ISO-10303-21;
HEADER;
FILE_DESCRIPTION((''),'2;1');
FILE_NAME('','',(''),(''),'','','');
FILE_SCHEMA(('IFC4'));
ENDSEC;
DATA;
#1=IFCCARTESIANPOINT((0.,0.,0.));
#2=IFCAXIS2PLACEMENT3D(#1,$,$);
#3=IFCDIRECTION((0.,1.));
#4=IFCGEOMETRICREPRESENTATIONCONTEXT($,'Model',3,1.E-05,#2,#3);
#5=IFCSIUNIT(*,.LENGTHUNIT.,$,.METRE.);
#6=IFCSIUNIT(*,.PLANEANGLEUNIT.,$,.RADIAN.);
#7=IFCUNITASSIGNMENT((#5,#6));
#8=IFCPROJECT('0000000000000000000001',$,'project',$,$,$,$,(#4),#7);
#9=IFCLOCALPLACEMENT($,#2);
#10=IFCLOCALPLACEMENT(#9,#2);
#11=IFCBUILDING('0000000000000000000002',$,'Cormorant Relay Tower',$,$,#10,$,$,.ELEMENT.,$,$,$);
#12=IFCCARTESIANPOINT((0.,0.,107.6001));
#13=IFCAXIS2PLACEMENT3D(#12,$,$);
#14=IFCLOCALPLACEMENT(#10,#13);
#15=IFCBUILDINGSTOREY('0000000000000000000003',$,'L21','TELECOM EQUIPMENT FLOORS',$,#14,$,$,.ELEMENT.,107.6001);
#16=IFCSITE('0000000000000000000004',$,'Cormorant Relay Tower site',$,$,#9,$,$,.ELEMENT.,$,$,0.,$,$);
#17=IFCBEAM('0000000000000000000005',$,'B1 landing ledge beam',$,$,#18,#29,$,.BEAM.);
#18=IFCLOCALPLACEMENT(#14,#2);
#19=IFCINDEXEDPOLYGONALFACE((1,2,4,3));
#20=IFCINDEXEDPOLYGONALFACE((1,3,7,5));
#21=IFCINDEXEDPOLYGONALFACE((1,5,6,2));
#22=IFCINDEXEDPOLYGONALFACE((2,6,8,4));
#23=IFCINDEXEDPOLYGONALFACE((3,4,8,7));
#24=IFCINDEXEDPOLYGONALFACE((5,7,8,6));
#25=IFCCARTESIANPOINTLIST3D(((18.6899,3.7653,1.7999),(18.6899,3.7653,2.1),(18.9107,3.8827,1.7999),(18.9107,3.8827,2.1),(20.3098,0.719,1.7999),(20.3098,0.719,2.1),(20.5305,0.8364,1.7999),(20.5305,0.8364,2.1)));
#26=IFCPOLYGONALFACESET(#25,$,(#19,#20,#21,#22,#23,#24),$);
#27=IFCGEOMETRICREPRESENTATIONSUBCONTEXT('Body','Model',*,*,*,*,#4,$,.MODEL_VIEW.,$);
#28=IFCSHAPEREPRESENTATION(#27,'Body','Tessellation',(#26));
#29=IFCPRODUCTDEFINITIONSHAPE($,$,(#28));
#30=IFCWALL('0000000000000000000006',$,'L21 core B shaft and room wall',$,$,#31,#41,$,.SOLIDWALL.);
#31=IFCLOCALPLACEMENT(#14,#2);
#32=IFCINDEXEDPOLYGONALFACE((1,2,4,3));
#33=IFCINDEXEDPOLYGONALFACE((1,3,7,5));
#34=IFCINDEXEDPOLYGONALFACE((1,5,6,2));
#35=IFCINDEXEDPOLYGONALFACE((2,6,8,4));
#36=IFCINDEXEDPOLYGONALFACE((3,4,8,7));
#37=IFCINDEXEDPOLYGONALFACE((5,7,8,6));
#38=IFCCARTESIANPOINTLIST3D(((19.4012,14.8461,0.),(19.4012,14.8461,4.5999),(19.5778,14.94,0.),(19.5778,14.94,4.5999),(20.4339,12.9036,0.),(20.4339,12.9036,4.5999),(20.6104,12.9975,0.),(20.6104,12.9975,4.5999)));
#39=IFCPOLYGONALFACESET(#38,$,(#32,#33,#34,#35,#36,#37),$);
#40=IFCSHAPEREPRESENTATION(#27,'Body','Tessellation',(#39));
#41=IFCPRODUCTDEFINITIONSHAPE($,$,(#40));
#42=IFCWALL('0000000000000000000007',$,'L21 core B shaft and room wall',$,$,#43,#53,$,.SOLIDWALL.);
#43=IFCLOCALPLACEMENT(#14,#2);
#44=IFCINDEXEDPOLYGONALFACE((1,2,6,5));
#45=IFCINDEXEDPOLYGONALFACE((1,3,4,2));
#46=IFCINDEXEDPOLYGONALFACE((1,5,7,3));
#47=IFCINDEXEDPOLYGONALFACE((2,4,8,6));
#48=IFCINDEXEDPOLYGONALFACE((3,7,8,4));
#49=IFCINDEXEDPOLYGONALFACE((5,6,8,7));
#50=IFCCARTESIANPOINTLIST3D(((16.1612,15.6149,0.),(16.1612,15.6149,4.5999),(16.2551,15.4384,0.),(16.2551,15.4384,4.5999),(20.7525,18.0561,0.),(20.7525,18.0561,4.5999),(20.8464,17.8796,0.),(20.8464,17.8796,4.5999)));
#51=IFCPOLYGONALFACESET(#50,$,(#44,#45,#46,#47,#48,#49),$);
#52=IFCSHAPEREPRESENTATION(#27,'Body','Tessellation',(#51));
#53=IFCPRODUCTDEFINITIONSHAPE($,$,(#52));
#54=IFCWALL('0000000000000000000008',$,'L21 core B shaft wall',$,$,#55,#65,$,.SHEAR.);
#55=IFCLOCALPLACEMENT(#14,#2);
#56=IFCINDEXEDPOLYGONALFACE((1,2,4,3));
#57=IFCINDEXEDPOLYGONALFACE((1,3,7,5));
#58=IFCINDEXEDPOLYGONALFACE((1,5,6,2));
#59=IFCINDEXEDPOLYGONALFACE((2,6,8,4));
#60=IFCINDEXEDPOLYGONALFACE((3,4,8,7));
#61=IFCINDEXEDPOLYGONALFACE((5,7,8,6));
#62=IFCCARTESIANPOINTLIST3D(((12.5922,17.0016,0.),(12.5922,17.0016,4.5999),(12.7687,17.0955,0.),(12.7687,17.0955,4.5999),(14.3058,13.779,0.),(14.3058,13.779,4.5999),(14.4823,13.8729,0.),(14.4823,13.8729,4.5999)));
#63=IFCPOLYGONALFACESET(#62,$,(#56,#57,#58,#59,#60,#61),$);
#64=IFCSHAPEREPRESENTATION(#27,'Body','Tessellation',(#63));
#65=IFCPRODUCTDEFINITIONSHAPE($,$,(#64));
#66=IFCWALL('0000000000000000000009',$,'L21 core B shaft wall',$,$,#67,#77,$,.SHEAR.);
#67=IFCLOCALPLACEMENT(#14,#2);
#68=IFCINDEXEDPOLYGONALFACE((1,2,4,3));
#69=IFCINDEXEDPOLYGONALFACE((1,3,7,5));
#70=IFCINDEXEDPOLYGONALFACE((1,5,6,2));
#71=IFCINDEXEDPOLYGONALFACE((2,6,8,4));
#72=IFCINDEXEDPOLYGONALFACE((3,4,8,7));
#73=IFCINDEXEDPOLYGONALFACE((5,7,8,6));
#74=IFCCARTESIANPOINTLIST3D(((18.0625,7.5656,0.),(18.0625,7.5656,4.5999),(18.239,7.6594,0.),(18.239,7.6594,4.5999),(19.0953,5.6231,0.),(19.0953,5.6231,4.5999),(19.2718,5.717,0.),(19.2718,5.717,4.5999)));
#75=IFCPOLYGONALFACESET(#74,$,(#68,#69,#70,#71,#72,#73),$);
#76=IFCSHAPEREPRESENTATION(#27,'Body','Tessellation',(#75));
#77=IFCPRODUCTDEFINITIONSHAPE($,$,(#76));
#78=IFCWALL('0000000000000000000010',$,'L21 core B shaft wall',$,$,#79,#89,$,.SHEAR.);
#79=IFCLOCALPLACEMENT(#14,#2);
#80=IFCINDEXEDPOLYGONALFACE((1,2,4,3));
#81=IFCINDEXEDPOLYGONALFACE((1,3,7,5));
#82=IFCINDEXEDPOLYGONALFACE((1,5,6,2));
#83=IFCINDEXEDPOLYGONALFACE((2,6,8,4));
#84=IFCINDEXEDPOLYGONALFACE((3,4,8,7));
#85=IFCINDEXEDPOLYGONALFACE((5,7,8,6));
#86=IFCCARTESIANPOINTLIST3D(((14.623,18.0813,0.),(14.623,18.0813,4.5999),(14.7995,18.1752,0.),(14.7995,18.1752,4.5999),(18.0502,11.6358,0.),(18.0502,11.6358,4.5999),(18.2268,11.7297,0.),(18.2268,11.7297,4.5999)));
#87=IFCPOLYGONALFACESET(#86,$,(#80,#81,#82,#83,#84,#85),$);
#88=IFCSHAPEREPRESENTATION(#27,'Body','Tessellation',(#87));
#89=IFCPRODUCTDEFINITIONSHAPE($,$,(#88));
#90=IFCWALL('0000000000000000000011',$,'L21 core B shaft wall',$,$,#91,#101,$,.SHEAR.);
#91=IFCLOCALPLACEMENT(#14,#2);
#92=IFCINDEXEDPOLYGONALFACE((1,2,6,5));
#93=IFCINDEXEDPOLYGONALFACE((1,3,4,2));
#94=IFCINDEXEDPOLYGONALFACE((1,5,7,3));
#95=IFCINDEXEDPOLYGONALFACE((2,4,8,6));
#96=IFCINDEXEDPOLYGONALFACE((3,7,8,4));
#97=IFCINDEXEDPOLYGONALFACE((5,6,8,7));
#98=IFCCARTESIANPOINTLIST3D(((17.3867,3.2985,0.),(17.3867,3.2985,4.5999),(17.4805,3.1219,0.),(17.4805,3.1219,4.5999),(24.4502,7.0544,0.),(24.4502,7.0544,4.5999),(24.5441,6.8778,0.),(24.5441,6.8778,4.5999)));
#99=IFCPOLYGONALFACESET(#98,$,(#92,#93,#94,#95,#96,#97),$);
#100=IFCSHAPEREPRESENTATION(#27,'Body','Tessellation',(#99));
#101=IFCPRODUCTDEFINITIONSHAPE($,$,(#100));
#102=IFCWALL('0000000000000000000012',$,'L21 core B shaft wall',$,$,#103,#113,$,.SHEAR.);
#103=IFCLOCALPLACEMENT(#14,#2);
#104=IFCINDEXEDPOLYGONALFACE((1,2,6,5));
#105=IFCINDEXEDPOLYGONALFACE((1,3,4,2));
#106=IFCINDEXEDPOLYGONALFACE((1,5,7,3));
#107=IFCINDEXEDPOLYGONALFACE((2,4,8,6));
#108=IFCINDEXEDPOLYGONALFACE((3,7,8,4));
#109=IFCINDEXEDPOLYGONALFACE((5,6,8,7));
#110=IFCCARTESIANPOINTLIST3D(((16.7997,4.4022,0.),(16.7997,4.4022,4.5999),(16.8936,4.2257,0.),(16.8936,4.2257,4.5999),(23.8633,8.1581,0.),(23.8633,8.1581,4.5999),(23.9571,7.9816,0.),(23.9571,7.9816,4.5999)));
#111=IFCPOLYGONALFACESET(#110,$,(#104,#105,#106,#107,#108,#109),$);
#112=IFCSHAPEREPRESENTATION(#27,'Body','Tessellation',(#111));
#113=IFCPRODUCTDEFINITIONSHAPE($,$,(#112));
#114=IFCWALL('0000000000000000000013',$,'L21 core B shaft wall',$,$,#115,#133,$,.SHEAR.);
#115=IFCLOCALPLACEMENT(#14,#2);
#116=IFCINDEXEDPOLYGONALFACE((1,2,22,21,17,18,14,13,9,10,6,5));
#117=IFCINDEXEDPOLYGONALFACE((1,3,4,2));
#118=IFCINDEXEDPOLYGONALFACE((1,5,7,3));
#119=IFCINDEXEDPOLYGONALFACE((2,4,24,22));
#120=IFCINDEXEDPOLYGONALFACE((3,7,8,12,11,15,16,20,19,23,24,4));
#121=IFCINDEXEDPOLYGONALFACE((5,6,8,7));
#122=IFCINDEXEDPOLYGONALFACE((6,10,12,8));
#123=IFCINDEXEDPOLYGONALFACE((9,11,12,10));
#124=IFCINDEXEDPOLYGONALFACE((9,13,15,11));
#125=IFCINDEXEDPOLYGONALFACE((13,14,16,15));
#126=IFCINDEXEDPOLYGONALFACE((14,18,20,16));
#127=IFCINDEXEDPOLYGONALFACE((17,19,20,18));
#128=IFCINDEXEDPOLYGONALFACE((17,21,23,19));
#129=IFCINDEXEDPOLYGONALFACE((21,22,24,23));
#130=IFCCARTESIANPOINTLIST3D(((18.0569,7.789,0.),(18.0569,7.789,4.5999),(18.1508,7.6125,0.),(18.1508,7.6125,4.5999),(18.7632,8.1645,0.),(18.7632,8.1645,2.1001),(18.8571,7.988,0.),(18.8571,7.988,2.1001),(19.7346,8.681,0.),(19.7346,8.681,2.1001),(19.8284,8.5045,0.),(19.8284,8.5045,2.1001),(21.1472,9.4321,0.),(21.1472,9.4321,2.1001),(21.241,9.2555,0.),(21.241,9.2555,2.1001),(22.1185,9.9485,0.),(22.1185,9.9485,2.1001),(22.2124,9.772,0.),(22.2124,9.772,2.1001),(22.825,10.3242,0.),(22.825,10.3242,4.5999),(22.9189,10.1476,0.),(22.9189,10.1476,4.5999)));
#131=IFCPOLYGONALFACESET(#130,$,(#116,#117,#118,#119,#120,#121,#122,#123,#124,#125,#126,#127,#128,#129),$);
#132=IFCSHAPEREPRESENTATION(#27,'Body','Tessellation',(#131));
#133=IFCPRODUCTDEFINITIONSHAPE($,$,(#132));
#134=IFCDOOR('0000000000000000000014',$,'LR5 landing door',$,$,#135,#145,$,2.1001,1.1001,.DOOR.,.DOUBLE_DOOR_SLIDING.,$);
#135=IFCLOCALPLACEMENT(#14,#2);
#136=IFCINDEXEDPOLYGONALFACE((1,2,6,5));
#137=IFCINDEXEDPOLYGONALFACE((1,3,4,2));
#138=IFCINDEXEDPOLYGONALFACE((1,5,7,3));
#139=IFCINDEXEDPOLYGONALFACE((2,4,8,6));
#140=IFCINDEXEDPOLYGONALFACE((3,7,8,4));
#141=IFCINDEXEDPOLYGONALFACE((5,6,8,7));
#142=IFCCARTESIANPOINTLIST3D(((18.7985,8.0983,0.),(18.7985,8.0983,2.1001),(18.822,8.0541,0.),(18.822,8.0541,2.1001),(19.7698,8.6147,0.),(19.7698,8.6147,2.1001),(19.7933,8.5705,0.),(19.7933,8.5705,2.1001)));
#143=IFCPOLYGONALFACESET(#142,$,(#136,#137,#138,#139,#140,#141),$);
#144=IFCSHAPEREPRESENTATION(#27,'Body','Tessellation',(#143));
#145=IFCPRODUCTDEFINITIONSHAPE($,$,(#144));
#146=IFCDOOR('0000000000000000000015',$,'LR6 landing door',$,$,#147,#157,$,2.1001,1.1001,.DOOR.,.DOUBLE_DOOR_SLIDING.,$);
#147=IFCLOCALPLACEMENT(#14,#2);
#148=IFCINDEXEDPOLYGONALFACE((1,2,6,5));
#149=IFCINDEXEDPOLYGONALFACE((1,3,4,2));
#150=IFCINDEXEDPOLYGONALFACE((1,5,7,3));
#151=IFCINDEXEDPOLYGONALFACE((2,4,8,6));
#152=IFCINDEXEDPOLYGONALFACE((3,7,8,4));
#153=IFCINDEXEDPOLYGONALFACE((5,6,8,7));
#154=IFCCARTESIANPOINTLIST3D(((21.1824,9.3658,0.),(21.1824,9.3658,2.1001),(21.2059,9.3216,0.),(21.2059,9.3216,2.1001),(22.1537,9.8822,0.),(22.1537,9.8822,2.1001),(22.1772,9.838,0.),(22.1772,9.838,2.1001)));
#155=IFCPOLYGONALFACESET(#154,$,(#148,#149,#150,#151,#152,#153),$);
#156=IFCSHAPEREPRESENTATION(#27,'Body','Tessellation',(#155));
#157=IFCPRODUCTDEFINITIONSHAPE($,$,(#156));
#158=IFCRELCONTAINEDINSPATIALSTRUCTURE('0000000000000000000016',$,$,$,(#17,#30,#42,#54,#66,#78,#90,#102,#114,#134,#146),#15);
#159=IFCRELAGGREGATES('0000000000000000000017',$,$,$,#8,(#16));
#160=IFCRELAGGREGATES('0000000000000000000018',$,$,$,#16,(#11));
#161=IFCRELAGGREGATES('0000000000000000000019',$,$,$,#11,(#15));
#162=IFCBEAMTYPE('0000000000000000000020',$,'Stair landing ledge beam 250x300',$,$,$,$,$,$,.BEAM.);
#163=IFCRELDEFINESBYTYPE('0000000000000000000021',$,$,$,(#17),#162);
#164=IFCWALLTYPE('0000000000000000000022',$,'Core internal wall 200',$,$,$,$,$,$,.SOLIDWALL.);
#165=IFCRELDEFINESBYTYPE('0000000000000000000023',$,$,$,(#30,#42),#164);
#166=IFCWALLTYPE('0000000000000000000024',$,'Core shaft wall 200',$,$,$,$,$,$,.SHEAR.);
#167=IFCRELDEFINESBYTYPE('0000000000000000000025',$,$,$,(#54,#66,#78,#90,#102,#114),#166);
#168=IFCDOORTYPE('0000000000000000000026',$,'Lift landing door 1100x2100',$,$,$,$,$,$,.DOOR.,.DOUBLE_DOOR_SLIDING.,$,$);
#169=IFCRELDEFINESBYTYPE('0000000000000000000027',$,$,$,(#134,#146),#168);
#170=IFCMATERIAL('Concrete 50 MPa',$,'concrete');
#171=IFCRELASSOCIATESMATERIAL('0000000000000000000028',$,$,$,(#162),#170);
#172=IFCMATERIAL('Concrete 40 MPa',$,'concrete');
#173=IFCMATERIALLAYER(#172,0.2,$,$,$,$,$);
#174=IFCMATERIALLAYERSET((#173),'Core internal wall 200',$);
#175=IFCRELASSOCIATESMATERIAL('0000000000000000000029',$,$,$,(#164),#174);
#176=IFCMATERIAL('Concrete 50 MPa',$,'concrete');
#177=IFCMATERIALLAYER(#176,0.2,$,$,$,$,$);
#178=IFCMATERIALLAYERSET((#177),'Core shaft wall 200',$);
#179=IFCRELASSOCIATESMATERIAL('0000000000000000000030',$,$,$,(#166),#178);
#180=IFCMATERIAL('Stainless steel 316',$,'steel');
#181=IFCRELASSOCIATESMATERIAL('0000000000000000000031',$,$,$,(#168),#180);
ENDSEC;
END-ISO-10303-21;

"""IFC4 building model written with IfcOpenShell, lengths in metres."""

from ifc_helpers import new_model, si_unit, direction, frame, frame_2d, origin, origin_2d, place, context, subcontext, project, spatial, rectangle, extrude, material, layer, layer_set, material_profile, profile_set, type_object, element, fill, save


model = new_model("IFC4")

# Units and contexts
model_context = context("Model", 3, precision=1e-05, world=origin(), true_north=direction((0.0, 1.0)))
body_context = subcontext(model_context, "Body", "Model", "MODEL_VIEW")
ifc_project = project(units=[si_unit("LENGTHUNIT", "METRE"), si_unit("PLANEANGLEUNIT", "RADIAN")], contexts=[model_context])

# Site, building, storey
site_placement = place(None, origin())
site = spatial("IfcSite", under=ifc_project, at=site_placement, Name="Cormorant Relay Tower site", CompositionType="ELEMENT", RefElevation=0.0)
building_placement = place(site_placement, origin())
building = spatial("IfcBuilding", under=site, at=building_placement, Name="Cormorant Relay Tower", CompositionType="ELEMENT")
storey_placement = place(building_placement, frame((0.0, 0.0, 107.6001)))
storey = spatial("IfcBuildingStorey", under=building, at=storey_placement, Name="L21", Description="TELECOM EQUIPMENT FLOORS", CompositionType="ELEMENT", Elevation=107.6001)

# Beam
ifc_material_1 = material(Name="Concrete 50 MPa", Category="concrete")
ifc_material_profile = material_profile(ifc_material_1, rectangle(XDim=0.25, YDim=0.3, at=origin_2d()), Name="RC 250x300")
ifc_profile_set = profile_set([ifc_material_profile], Name="Concrete 50 MPa")
beam_type = type_object("IfcBeamType", Name="Stair landing ledge beam 250x300", PredefinedType="BEAM", material=ifc_profile_set)
beam_placement = place(storey_placement, frame((18.8003, 3.824, 1.95), z_axis=(0.46949, -0.882938, 0.0), x_axis=(0.882938, 0.46949, 0.0)))
element("IfcBeam", 1, at=beam_placement, inside=storey, type_object=beam_type, Name="B1 landing ledge beam", PredefinedType="BEAM", context=body_context, shape_type="SweptSolid", body=[
    extrude(rectangle(XDim=0.25, YDim=0.3, at=origin_2d()), origin(), (0.0, 0.0, 1.0), 3.4502),
])

# Walls
ifc_material_2 = material(Name="Concrete 40 MPa", Category="concrete")
ifc_layer_1 = layer(ifc_material_2, 0.2)
ifc_layer_set_1 = layer_set([ifc_layer_1], Name="Core internal wall 200")
wall_type_1 = type_object("IfcWallType", Name="Core internal wall 200", PredefinedType="SOLIDWALL", material=ifc_layer_set_1)
wall_1_placement = place(storey_placement, frame((20.5222, 12.9504, 0.0), z_axis=(0.0, 0.0, 1.0), x_axis=(-0.469401, 0.882985, 0.0)))
element("IfcWall", 2, at=wall_1_placement, inside=storey, type_object=wall_type_1, Name="L21 core B shaft and room wall", PredefinedType="SOLIDWALL", context=body_context, shape_type="SweptSolid", body=[
    extrude(rectangle(XDim=2.2, YDim=0.2, at=frame_2d((1.1001, 0.0))), origin(), (0.0, 0.0, 1.0), 4.5999),
])
wall_2_placement = place(storey_placement, frame((16.208, 15.5266, 0.0), z_axis=(0.0, 0.0, 1.0), x_axis=(0.882954, 0.46946, 0.0)))
element("IfcWall", 3, at=wall_2_placement, inside=storey, type_object=wall_type_1, Name="L21 core B shaft and room wall", PredefinedType="SOLIDWALL", context=body_context, shape_type="SweptSolid", body=[
    extrude(rectangle(XDim=5.2, YDim=0.2, at=frame_2d((2.6001, 0.0))), origin(), (0.0, 0.0, 1.0), 4.5999),
])
ifc_material_3 = material(Name="Concrete 50 MPa", Category="concrete")
ifc_layer_2 = layer(ifc_material_3, 0.2)
ifc_layer_set_2 = layer_set([ifc_layer_2], Name="Core shaft wall 200")
wall_type_2 = type_object("IfcWallType", Name="Core shaft wall 200", PredefinedType="SHEAR", material=ifc_layer_set_2)
wall_3_placement = place(storey_placement, frame((14.394, 13.8259, 0.0), z_axis=(0.0, 0.0, 1.0), x_axis=(-0.469494, 0.882936, 0.0)))
element("IfcWall", 4, at=wall_3_placement, inside=storey, type_object=wall_type_2, Name="L21 core B shaft wall", PredefinedType="SHEAR", context=body_context, shape_type="SweptSolid", body=[
    extrude(rectangle(XDim=3.6499, YDim=0.2, at=frame_2d((1.825, 0.0))), origin(), (0.0, 0.0, 1.0), 4.5999),
])
wall_4_placement = place(storey_placement, frame((19.1836, 5.6699, 0.0), z_axis=(0.0, 0.0, 1.0), x_axis=(-0.469447, 0.88296, 0.0)))
element("IfcWall", 5, at=wall_4_placement, inside=storey, type_object=wall_type_2, Name="L21 core B shaft wall", PredefinedType="SHEAR", context=body_context, shape_type="SweptSolid", body=[
    extrude(rectangle(XDim=2.2, YDim=0.2, at=frame_2d((1.1001, 0.0))), origin(), (0.0, 0.0, 1.0), 4.5999),
])
wall_5_placement = place(storey_placement, frame((18.1384, 11.6829, 0.0), z_axis=(0.0, 0.0, 1.0), x_axis=(-0.46948, 0.882943, 0.0)))
element("IfcWall", 6, at=wall_5_placement, inside=storey, type_object=wall_type_2, Name="L21 core B shaft wall", PredefinedType="SHEAR", context=body_context, shape_type="SweptSolid", body=[
    extrude(rectangle(XDim=7.3, YDim=0.2, at=frame_2d((3.6499, 0.0))), origin(), (0.0, 0.0, 1.0), 4.5999),
])
for number, where, z_axis, x_axis, name in (
    (7, (17.4336, 3.2102, 0.0), (0.0, 0.0, 1.0), (0.88294, 0.469485, 0.0), "L21 core B shaft wall"),
    (8, (16.8467, 4.314, 0.0), (0.0, 0.0, 1.0), (0.88294, 0.469485, 0.0), "L21 core B shaft wall"),
):
    element("IfcWall", number, at=place(storey_placement, frame(where, z_axis=z_axis, x_axis=x_axis)), inside=storey, type_object=wall_type_2, Name=name, PredefinedType="SHEAR", context=body_context, shape_type="SweptSolid", body=[
        extrude(rectangle(XDim=8.0, YDim=0.2, at=frame_2d((4.0, 0.0))), origin(), (0.0, 0.0, 1.0), 4.5999),
    ])

# Wall, openings, doors
wall_6_placement = place(storey_placement, frame((18.1038, 7.7007, 0.0), z_axis=(0.0, 0.0, 1.0), x_axis=(0.882953, 0.469462, 0.0)))
wall_6 = element("IfcWall", 9, at=wall_6_placement, inside=storey, type_object=wall_type_2, Name="L21 core B shaft wall", PredefinedType="SHEAR", context=body_context, shape_type="SweptSolid", body=[
    extrude(rectangle(XDim=5.4001, YDim=0.2, at=frame_2d((2.7002, 0.0))), origin(), (0.0, 0.0, 1.0), 4.5999),
])
opening_1_placement = place(wall_6_placement, frame((0.8, 0.0, 0.0)))
opening_1 = element("IfcOpeningElement", 10, at=opening_1_placement, cuts=wall_6, PredefinedType="OPENING", context=body_context, shape_type="SweptSolid", body=[
    extrude(rectangle(XDim=1.1001, YDim=2.1001, at=frame_2d((0.55, 1.05))), frame((0.0, 0.1099, 0.0), z_axis=(0.0, -1.0, 0.0), x_axis=(1.0, 0.0, 0.0)), (0.0, 0.0, 1.0), 0.22),
])
opening_2_placement = place(wall_6_placement, frame((3.5, 0.0, 0.0)))
opening_2 = element("IfcOpeningElement", 11, at=opening_2_placement, cuts=wall_6, PredefinedType="OPENING", context=body_context, shape_type="SweptSolid", body=[
    extrude(rectangle(XDim=1.1001, YDim=2.1001, at=frame_2d((0.55, 1.05))), frame((0.0, 0.1099, 0.0), z_axis=(0.0, -1.0, 0.0), x_axis=(1.0, 0.0, 0.0)), (0.0, 0.0, 1.0), 0.22),
])
ifc_material_4 = material(Name="Stainless steel 316", Category="steel")
door_type_1 = type_object("IfcDoorType", Name="Lift landing door 1100x2100", OperationType="DOUBLE_DOOR_SLIDING", PredefinedType="DOOR", material=ifc_material_4)
door_1_placement = place(opening_1_placement, origin())
door_1 = element("IfcDoor", 12, at=door_1_placement, inside=storey, type_object=door_type_1, Name="LR5 landing door", OperationType="DOUBLE_DOOR_SLIDING", OverallHeight=2.1001, OverallWidth=1.1001, PredefinedType="DOOR", context=body_context, shape_type="SweptSolid", body=[
    extrude(rectangle(XDim=1.1001, YDim=2.1001, at=frame_2d((0.55, 1.05))), frame((0.0, 0.0249, 0.0), z_axis=(0.0, -1.0, 0.0), x_axis=(1.0, 0.0, 0.0)), (0.0, 0.0, 1.0), 0.05),
])
fill(opening_1, door_1)
door_2_placement = place(opening_2_placement, origin())
door_2 = element("IfcDoor", 13, at=door_2_placement, inside=storey, type_object=door_type_1, Name="LR6 landing door", OperationType="DOUBLE_DOOR_SLIDING", OverallHeight=2.1001, OverallWidth=1.1001, PredefinedType="DOOR", context=body_context, shape_type="SweptSolid", body=[
    extrude(rectangle(XDim=1.1001, YDim=2.1001, at=frame_2d((0.55, 1.05))), frame((0.0, 0.0249, 0.0), z_axis=(0.0, -1.0, 0.0), x_axis=(1.0, 0.0, 0.0)), (0.0, 0.0, 1.0), 0.05),
])
fill(opening_2, door_2)

save(model, "model.ifc")
